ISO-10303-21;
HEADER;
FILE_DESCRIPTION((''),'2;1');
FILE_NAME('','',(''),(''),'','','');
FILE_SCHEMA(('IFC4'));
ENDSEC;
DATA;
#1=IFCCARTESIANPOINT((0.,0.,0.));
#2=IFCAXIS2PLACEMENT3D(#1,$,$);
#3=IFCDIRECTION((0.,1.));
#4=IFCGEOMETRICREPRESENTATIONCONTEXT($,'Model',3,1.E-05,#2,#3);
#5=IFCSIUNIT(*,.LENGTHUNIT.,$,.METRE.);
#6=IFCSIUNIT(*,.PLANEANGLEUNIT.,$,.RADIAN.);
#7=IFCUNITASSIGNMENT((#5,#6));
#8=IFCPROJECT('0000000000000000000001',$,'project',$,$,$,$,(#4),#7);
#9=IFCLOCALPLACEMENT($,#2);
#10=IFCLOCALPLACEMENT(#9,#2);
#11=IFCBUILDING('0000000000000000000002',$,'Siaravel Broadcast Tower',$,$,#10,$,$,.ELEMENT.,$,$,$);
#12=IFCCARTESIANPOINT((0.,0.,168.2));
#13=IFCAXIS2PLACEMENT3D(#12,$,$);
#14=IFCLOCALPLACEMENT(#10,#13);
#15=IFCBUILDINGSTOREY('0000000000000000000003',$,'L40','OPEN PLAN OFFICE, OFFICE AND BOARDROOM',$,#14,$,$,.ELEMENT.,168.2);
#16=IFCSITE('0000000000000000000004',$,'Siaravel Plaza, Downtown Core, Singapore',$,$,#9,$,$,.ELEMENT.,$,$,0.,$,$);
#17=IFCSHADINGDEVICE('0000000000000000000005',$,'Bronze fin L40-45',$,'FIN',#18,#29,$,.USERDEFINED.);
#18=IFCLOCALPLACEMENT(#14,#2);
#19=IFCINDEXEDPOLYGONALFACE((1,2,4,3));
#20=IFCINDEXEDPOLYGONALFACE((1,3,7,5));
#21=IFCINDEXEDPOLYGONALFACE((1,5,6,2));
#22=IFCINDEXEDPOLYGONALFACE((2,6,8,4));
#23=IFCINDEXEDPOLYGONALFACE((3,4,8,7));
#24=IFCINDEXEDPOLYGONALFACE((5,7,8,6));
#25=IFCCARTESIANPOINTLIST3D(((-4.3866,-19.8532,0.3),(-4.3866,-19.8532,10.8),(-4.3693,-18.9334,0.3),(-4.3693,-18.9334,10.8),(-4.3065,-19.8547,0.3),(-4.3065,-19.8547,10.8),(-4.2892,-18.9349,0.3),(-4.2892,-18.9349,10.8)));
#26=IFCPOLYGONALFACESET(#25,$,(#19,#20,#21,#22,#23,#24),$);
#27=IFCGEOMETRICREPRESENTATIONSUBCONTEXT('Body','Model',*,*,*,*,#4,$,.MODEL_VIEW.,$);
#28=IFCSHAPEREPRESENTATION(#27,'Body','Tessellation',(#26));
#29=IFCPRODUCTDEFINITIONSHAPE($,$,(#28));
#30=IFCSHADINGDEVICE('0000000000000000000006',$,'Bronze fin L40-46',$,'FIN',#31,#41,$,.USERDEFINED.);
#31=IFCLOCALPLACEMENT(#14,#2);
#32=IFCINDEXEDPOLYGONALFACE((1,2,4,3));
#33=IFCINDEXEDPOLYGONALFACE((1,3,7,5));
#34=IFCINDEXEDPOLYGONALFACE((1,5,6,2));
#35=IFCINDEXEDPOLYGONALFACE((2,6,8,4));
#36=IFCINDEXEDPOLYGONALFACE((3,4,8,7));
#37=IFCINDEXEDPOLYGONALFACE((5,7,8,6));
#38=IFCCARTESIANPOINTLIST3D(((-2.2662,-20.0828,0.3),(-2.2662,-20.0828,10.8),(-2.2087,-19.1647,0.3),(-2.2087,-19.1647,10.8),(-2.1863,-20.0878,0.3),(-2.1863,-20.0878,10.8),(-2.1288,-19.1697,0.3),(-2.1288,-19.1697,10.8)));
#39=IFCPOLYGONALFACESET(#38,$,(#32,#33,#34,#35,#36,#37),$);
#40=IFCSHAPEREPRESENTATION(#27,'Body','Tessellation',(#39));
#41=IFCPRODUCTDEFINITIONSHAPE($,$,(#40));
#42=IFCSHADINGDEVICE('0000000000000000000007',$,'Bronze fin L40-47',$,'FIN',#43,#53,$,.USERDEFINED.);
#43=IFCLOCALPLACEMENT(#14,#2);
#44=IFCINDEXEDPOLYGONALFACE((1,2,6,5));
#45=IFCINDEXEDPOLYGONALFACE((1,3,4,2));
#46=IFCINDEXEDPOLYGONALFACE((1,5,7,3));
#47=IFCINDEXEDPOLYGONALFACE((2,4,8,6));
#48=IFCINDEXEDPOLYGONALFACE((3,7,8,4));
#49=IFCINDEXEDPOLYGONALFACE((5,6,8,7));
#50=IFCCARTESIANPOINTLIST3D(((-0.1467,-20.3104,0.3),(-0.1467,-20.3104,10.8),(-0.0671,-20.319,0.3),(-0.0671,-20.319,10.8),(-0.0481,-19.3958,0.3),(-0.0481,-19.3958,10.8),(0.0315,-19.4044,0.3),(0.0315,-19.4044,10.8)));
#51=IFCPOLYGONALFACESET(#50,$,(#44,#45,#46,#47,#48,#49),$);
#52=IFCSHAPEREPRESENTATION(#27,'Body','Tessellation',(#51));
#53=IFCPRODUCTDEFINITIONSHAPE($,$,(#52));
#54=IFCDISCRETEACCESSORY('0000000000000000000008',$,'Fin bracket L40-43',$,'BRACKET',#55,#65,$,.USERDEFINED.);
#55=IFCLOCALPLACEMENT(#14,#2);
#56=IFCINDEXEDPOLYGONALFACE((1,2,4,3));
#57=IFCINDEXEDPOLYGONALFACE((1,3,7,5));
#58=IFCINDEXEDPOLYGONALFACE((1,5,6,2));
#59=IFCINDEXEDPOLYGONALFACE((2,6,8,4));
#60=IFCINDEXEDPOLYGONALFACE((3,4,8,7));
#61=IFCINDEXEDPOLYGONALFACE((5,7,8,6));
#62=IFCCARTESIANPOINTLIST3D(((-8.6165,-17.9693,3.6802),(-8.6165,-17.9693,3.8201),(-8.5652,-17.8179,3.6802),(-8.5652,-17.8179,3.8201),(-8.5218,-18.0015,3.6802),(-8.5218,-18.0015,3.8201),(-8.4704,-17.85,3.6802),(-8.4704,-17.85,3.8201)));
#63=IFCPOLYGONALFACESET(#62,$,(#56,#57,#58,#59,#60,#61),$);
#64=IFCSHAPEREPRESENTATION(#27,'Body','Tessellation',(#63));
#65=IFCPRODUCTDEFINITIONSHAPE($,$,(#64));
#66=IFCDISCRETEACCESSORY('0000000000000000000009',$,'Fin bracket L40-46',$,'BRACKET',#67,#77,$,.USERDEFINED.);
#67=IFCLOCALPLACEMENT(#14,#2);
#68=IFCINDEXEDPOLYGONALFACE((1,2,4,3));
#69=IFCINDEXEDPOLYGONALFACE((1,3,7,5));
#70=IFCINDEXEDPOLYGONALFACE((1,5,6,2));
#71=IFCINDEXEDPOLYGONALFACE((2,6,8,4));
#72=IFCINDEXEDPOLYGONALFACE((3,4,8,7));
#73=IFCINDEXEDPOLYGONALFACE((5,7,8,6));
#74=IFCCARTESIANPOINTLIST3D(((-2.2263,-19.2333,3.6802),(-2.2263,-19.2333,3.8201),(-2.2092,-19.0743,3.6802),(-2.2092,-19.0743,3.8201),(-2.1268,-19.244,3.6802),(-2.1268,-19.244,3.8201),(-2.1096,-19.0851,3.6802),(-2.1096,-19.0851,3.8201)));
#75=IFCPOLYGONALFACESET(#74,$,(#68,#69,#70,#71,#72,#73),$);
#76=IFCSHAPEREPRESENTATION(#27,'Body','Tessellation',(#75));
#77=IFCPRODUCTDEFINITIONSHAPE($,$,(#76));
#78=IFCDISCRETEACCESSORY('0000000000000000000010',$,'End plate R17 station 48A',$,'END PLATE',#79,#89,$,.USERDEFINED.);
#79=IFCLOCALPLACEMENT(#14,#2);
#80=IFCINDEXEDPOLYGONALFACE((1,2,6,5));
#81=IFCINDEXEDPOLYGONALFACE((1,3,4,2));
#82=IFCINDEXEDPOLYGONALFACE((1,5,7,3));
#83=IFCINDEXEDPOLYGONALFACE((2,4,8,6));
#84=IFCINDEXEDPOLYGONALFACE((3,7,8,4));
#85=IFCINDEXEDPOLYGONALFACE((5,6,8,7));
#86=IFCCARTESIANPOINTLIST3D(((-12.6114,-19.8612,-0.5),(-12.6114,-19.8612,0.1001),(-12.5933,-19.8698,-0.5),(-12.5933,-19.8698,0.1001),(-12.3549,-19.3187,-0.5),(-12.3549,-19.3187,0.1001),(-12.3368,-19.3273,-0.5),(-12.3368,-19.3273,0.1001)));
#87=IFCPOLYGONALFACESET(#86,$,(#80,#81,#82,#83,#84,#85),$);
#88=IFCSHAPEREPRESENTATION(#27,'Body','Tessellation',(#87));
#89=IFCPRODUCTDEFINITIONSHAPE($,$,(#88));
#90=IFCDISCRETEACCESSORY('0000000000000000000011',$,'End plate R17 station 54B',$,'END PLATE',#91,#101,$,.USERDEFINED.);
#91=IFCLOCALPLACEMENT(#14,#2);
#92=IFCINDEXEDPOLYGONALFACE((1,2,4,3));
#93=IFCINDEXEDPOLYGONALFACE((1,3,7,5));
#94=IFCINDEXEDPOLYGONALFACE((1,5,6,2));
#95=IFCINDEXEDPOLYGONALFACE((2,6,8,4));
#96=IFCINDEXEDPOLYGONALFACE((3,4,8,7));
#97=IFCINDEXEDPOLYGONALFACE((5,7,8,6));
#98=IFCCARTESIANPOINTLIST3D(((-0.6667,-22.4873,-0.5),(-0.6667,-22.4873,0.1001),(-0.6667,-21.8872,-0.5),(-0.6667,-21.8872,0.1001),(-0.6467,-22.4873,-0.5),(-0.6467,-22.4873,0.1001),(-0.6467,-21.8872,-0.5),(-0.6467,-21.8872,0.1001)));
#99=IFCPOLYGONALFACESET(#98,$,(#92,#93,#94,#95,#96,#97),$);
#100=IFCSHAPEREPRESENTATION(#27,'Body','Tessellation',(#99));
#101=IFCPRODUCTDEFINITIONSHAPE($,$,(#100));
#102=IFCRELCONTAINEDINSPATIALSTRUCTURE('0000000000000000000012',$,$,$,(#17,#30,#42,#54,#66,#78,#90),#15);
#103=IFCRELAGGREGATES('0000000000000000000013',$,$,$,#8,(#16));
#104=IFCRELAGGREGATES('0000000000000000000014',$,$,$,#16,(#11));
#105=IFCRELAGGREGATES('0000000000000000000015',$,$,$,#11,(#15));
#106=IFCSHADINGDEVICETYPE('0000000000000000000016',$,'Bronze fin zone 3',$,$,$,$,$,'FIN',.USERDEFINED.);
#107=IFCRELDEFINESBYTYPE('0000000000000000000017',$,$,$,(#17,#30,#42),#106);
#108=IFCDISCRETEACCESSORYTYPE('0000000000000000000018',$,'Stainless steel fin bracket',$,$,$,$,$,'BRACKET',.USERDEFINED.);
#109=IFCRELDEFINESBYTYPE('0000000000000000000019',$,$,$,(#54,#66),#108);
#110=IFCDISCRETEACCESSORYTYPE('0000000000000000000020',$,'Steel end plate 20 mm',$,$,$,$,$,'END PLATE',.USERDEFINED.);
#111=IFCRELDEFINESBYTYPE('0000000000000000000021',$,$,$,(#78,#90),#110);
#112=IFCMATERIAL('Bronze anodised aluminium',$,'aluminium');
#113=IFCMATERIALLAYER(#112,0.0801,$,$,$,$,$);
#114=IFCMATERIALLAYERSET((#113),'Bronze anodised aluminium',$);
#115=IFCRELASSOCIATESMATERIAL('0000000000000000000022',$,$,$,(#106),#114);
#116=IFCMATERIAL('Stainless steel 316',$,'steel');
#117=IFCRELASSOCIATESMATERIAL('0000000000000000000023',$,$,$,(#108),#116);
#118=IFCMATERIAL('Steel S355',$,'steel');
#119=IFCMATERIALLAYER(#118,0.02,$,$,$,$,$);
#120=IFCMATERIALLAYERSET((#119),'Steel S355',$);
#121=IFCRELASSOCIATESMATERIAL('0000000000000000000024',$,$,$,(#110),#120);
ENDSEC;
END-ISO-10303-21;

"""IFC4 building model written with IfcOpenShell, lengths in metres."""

from ifc_helpers import new_model, si_unit, direction, frame, origin, origin_2d, place, context, subcontext, project, spatial, rectangle, extrude, material, layer, layer_set, type_object, element, save


model = new_model("IFC4")

# Units and contexts
model_context = context("Model", 3, precision=1e-05, world=origin(), true_north=direction((0.0, 1.0)))
body_context = subcontext(model_context, "Body", "Model", "MODEL_VIEW")
ifc_project = project(units=[si_unit("LENGTHUNIT", "METRE"), si_unit("PLANEANGLEUNIT", "RADIAN")], contexts=[model_context])

# Site, building, storey
site_placement = place(None, origin())
site = spatial("IfcSite", under=ifc_project, at=site_placement, Name="Siaravel Plaza, Downtown Core, Singapore", CompositionType="ELEMENT", RefElevation=0.0)
building_placement = place(site_placement, origin())
building = spatial("IfcBuilding", under=site, at=building_placement, Name="Siaravel Broadcast Tower", CompositionType="ELEMENT")
storey_placement = place(building_placement, frame((0.0, 0.0, 168.2)))
storey = spatial("IfcBuildingStorey", under=building, at=storey_placement, Name="L40", Description="OPEN PLAN OFFICE, OFFICE AND BOARDROOM", CompositionType="ELEMENT", Elevation=168.2)

# Shared definitions
ifc_material_1 = material(Name="Steel S355", Category="steel")

# Shading devices
ifc_material_2 = material(Name="Bronze anodised aluminium", Category="aluminium")
ifc_layer_1 = layer(ifc_material_2, 0.0801)
ifc_layer_set_1 = layer_set([ifc_layer_1], Name="Bronze anodised aluminium")
shading_device_type = type_object("IfcShadingDeviceType", Name="Bronze fin zone 3", ElementType="FIN", PredefinedType="USERDEFINED", material=ifc_layer_set_1)
for number, where, z_axis, x_axis, name in (
    (1, (-4.3379, -19.394, 0.3), (0.0, 0.0, 1.0), (-0.018819, -0.999823, 0.0), "Bronze fin L40-45"),
    (2, (-2.1975, -19.6262, 0.3), (0.0, 0.0, 1.0), (-0.062467, -0.998047, 0.0), "Bronze fin L40-46"),
    (3, (-0.0576, -19.8574, 0.3), (0.0, 0.0, 1.0), (-0.107217, -0.994236, 0.0), "Bronze fin L40-47"),
):
    element("IfcShadingDevice", number, at=place(storey_placement, frame(where, z_axis=z_axis, x_axis=x_axis)), inside=storey, type_object=shading_device_type, Name=name, ObjectType="FIN", PredefinedType="USERDEFINED", context=body_context, shape_type="SweptSolid", body=[
        extrude(rectangle(XDim=0.9199, YDim=0.0801, at=origin_2d()), origin(), (0.0, 0.0, 1.0), 10.5),
    ])

# Discrete accessories
ifc_material_3 = material(Name="Stainless steel 316", Category="steel")
discrete_accessory_type_1 = type_object("IfcDiscreteAccessoryType", Name="Stainless steel fin bracket", ElementType="BRACKET", PredefinedType="USERDEFINED", material=ifc_material_3)
for number, where, z_axis, x_axis, name in (
    (4, (-8.5435, -17.9097, 3.6802), (0.0, 0.0, 1.0), (-0.321301, -0.946977, 0.0), "Fin bracket L40-43"),
    (5, (-2.168, -19.1592, 3.6802), (0.0, 0.0, 1.0), (-0.107217, -0.994236, 0.0), "Fin bracket L40-46"),
):
    element("IfcDiscreteAccessory", number, at=place(storey_placement, frame(where, z_axis=z_axis, x_axis=x_axis)), inside=storey, type_object=discrete_accessory_type_1, Name=name, ObjectType="BRACKET", PredefinedType="USERDEFINED", context=body_context, shape_type="SweptSolid", body=[
        extrude(rectangle(XDim=0.1599, YDim=0.1001, at=origin_2d()), origin(), (0.0, 0.0, 1.0), 0.1399),
    ])
ifc_layer_2 = layer(ifc_material_1, 0.02)
ifc_layer_set_2 = layer_set([ifc_layer_2], Name="Steel S355")
discrete_accessory_type_2 = type_object("IfcDiscreteAccessoryType", Name="Steel end plate 20 mm", ElementType="END PLATE", PredefinedType="USERDEFINED", material=ifc_layer_set_2)
for number, where, z_axis, x_axis, name in (
    (6, (-12.4741, -19.5942, -0.5), (0.0, 0.0, 1.0), (0.904006, -0.427519, 0.0), "End plate R17 station 48A"),
    (7, (-0.6567, -22.1873, -0.5), (0.0, 0.0, 1.0), (1.0, 0.0, 0.0), "End plate R17 station 54B"),
):
    element("IfcDiscreteAccessory", number, at=place(storey_placement, frame(where, z_axis=z_axis, x_axis=x_axis)), inside=storey, type_object=discrete_accessory_type_2, Name=name, ObjectType="END PLATE", PredefinedType="USERDEFINED", context=body_context, shape_type="SweptSolid", body=[
        extrude(rectangle(XDim=0.02, YDim=0.6001, at=origin_2d()), origin(), (0.0, 0.0, 1.0), 0.6001),
    ])

save(model, "model.ifc")
